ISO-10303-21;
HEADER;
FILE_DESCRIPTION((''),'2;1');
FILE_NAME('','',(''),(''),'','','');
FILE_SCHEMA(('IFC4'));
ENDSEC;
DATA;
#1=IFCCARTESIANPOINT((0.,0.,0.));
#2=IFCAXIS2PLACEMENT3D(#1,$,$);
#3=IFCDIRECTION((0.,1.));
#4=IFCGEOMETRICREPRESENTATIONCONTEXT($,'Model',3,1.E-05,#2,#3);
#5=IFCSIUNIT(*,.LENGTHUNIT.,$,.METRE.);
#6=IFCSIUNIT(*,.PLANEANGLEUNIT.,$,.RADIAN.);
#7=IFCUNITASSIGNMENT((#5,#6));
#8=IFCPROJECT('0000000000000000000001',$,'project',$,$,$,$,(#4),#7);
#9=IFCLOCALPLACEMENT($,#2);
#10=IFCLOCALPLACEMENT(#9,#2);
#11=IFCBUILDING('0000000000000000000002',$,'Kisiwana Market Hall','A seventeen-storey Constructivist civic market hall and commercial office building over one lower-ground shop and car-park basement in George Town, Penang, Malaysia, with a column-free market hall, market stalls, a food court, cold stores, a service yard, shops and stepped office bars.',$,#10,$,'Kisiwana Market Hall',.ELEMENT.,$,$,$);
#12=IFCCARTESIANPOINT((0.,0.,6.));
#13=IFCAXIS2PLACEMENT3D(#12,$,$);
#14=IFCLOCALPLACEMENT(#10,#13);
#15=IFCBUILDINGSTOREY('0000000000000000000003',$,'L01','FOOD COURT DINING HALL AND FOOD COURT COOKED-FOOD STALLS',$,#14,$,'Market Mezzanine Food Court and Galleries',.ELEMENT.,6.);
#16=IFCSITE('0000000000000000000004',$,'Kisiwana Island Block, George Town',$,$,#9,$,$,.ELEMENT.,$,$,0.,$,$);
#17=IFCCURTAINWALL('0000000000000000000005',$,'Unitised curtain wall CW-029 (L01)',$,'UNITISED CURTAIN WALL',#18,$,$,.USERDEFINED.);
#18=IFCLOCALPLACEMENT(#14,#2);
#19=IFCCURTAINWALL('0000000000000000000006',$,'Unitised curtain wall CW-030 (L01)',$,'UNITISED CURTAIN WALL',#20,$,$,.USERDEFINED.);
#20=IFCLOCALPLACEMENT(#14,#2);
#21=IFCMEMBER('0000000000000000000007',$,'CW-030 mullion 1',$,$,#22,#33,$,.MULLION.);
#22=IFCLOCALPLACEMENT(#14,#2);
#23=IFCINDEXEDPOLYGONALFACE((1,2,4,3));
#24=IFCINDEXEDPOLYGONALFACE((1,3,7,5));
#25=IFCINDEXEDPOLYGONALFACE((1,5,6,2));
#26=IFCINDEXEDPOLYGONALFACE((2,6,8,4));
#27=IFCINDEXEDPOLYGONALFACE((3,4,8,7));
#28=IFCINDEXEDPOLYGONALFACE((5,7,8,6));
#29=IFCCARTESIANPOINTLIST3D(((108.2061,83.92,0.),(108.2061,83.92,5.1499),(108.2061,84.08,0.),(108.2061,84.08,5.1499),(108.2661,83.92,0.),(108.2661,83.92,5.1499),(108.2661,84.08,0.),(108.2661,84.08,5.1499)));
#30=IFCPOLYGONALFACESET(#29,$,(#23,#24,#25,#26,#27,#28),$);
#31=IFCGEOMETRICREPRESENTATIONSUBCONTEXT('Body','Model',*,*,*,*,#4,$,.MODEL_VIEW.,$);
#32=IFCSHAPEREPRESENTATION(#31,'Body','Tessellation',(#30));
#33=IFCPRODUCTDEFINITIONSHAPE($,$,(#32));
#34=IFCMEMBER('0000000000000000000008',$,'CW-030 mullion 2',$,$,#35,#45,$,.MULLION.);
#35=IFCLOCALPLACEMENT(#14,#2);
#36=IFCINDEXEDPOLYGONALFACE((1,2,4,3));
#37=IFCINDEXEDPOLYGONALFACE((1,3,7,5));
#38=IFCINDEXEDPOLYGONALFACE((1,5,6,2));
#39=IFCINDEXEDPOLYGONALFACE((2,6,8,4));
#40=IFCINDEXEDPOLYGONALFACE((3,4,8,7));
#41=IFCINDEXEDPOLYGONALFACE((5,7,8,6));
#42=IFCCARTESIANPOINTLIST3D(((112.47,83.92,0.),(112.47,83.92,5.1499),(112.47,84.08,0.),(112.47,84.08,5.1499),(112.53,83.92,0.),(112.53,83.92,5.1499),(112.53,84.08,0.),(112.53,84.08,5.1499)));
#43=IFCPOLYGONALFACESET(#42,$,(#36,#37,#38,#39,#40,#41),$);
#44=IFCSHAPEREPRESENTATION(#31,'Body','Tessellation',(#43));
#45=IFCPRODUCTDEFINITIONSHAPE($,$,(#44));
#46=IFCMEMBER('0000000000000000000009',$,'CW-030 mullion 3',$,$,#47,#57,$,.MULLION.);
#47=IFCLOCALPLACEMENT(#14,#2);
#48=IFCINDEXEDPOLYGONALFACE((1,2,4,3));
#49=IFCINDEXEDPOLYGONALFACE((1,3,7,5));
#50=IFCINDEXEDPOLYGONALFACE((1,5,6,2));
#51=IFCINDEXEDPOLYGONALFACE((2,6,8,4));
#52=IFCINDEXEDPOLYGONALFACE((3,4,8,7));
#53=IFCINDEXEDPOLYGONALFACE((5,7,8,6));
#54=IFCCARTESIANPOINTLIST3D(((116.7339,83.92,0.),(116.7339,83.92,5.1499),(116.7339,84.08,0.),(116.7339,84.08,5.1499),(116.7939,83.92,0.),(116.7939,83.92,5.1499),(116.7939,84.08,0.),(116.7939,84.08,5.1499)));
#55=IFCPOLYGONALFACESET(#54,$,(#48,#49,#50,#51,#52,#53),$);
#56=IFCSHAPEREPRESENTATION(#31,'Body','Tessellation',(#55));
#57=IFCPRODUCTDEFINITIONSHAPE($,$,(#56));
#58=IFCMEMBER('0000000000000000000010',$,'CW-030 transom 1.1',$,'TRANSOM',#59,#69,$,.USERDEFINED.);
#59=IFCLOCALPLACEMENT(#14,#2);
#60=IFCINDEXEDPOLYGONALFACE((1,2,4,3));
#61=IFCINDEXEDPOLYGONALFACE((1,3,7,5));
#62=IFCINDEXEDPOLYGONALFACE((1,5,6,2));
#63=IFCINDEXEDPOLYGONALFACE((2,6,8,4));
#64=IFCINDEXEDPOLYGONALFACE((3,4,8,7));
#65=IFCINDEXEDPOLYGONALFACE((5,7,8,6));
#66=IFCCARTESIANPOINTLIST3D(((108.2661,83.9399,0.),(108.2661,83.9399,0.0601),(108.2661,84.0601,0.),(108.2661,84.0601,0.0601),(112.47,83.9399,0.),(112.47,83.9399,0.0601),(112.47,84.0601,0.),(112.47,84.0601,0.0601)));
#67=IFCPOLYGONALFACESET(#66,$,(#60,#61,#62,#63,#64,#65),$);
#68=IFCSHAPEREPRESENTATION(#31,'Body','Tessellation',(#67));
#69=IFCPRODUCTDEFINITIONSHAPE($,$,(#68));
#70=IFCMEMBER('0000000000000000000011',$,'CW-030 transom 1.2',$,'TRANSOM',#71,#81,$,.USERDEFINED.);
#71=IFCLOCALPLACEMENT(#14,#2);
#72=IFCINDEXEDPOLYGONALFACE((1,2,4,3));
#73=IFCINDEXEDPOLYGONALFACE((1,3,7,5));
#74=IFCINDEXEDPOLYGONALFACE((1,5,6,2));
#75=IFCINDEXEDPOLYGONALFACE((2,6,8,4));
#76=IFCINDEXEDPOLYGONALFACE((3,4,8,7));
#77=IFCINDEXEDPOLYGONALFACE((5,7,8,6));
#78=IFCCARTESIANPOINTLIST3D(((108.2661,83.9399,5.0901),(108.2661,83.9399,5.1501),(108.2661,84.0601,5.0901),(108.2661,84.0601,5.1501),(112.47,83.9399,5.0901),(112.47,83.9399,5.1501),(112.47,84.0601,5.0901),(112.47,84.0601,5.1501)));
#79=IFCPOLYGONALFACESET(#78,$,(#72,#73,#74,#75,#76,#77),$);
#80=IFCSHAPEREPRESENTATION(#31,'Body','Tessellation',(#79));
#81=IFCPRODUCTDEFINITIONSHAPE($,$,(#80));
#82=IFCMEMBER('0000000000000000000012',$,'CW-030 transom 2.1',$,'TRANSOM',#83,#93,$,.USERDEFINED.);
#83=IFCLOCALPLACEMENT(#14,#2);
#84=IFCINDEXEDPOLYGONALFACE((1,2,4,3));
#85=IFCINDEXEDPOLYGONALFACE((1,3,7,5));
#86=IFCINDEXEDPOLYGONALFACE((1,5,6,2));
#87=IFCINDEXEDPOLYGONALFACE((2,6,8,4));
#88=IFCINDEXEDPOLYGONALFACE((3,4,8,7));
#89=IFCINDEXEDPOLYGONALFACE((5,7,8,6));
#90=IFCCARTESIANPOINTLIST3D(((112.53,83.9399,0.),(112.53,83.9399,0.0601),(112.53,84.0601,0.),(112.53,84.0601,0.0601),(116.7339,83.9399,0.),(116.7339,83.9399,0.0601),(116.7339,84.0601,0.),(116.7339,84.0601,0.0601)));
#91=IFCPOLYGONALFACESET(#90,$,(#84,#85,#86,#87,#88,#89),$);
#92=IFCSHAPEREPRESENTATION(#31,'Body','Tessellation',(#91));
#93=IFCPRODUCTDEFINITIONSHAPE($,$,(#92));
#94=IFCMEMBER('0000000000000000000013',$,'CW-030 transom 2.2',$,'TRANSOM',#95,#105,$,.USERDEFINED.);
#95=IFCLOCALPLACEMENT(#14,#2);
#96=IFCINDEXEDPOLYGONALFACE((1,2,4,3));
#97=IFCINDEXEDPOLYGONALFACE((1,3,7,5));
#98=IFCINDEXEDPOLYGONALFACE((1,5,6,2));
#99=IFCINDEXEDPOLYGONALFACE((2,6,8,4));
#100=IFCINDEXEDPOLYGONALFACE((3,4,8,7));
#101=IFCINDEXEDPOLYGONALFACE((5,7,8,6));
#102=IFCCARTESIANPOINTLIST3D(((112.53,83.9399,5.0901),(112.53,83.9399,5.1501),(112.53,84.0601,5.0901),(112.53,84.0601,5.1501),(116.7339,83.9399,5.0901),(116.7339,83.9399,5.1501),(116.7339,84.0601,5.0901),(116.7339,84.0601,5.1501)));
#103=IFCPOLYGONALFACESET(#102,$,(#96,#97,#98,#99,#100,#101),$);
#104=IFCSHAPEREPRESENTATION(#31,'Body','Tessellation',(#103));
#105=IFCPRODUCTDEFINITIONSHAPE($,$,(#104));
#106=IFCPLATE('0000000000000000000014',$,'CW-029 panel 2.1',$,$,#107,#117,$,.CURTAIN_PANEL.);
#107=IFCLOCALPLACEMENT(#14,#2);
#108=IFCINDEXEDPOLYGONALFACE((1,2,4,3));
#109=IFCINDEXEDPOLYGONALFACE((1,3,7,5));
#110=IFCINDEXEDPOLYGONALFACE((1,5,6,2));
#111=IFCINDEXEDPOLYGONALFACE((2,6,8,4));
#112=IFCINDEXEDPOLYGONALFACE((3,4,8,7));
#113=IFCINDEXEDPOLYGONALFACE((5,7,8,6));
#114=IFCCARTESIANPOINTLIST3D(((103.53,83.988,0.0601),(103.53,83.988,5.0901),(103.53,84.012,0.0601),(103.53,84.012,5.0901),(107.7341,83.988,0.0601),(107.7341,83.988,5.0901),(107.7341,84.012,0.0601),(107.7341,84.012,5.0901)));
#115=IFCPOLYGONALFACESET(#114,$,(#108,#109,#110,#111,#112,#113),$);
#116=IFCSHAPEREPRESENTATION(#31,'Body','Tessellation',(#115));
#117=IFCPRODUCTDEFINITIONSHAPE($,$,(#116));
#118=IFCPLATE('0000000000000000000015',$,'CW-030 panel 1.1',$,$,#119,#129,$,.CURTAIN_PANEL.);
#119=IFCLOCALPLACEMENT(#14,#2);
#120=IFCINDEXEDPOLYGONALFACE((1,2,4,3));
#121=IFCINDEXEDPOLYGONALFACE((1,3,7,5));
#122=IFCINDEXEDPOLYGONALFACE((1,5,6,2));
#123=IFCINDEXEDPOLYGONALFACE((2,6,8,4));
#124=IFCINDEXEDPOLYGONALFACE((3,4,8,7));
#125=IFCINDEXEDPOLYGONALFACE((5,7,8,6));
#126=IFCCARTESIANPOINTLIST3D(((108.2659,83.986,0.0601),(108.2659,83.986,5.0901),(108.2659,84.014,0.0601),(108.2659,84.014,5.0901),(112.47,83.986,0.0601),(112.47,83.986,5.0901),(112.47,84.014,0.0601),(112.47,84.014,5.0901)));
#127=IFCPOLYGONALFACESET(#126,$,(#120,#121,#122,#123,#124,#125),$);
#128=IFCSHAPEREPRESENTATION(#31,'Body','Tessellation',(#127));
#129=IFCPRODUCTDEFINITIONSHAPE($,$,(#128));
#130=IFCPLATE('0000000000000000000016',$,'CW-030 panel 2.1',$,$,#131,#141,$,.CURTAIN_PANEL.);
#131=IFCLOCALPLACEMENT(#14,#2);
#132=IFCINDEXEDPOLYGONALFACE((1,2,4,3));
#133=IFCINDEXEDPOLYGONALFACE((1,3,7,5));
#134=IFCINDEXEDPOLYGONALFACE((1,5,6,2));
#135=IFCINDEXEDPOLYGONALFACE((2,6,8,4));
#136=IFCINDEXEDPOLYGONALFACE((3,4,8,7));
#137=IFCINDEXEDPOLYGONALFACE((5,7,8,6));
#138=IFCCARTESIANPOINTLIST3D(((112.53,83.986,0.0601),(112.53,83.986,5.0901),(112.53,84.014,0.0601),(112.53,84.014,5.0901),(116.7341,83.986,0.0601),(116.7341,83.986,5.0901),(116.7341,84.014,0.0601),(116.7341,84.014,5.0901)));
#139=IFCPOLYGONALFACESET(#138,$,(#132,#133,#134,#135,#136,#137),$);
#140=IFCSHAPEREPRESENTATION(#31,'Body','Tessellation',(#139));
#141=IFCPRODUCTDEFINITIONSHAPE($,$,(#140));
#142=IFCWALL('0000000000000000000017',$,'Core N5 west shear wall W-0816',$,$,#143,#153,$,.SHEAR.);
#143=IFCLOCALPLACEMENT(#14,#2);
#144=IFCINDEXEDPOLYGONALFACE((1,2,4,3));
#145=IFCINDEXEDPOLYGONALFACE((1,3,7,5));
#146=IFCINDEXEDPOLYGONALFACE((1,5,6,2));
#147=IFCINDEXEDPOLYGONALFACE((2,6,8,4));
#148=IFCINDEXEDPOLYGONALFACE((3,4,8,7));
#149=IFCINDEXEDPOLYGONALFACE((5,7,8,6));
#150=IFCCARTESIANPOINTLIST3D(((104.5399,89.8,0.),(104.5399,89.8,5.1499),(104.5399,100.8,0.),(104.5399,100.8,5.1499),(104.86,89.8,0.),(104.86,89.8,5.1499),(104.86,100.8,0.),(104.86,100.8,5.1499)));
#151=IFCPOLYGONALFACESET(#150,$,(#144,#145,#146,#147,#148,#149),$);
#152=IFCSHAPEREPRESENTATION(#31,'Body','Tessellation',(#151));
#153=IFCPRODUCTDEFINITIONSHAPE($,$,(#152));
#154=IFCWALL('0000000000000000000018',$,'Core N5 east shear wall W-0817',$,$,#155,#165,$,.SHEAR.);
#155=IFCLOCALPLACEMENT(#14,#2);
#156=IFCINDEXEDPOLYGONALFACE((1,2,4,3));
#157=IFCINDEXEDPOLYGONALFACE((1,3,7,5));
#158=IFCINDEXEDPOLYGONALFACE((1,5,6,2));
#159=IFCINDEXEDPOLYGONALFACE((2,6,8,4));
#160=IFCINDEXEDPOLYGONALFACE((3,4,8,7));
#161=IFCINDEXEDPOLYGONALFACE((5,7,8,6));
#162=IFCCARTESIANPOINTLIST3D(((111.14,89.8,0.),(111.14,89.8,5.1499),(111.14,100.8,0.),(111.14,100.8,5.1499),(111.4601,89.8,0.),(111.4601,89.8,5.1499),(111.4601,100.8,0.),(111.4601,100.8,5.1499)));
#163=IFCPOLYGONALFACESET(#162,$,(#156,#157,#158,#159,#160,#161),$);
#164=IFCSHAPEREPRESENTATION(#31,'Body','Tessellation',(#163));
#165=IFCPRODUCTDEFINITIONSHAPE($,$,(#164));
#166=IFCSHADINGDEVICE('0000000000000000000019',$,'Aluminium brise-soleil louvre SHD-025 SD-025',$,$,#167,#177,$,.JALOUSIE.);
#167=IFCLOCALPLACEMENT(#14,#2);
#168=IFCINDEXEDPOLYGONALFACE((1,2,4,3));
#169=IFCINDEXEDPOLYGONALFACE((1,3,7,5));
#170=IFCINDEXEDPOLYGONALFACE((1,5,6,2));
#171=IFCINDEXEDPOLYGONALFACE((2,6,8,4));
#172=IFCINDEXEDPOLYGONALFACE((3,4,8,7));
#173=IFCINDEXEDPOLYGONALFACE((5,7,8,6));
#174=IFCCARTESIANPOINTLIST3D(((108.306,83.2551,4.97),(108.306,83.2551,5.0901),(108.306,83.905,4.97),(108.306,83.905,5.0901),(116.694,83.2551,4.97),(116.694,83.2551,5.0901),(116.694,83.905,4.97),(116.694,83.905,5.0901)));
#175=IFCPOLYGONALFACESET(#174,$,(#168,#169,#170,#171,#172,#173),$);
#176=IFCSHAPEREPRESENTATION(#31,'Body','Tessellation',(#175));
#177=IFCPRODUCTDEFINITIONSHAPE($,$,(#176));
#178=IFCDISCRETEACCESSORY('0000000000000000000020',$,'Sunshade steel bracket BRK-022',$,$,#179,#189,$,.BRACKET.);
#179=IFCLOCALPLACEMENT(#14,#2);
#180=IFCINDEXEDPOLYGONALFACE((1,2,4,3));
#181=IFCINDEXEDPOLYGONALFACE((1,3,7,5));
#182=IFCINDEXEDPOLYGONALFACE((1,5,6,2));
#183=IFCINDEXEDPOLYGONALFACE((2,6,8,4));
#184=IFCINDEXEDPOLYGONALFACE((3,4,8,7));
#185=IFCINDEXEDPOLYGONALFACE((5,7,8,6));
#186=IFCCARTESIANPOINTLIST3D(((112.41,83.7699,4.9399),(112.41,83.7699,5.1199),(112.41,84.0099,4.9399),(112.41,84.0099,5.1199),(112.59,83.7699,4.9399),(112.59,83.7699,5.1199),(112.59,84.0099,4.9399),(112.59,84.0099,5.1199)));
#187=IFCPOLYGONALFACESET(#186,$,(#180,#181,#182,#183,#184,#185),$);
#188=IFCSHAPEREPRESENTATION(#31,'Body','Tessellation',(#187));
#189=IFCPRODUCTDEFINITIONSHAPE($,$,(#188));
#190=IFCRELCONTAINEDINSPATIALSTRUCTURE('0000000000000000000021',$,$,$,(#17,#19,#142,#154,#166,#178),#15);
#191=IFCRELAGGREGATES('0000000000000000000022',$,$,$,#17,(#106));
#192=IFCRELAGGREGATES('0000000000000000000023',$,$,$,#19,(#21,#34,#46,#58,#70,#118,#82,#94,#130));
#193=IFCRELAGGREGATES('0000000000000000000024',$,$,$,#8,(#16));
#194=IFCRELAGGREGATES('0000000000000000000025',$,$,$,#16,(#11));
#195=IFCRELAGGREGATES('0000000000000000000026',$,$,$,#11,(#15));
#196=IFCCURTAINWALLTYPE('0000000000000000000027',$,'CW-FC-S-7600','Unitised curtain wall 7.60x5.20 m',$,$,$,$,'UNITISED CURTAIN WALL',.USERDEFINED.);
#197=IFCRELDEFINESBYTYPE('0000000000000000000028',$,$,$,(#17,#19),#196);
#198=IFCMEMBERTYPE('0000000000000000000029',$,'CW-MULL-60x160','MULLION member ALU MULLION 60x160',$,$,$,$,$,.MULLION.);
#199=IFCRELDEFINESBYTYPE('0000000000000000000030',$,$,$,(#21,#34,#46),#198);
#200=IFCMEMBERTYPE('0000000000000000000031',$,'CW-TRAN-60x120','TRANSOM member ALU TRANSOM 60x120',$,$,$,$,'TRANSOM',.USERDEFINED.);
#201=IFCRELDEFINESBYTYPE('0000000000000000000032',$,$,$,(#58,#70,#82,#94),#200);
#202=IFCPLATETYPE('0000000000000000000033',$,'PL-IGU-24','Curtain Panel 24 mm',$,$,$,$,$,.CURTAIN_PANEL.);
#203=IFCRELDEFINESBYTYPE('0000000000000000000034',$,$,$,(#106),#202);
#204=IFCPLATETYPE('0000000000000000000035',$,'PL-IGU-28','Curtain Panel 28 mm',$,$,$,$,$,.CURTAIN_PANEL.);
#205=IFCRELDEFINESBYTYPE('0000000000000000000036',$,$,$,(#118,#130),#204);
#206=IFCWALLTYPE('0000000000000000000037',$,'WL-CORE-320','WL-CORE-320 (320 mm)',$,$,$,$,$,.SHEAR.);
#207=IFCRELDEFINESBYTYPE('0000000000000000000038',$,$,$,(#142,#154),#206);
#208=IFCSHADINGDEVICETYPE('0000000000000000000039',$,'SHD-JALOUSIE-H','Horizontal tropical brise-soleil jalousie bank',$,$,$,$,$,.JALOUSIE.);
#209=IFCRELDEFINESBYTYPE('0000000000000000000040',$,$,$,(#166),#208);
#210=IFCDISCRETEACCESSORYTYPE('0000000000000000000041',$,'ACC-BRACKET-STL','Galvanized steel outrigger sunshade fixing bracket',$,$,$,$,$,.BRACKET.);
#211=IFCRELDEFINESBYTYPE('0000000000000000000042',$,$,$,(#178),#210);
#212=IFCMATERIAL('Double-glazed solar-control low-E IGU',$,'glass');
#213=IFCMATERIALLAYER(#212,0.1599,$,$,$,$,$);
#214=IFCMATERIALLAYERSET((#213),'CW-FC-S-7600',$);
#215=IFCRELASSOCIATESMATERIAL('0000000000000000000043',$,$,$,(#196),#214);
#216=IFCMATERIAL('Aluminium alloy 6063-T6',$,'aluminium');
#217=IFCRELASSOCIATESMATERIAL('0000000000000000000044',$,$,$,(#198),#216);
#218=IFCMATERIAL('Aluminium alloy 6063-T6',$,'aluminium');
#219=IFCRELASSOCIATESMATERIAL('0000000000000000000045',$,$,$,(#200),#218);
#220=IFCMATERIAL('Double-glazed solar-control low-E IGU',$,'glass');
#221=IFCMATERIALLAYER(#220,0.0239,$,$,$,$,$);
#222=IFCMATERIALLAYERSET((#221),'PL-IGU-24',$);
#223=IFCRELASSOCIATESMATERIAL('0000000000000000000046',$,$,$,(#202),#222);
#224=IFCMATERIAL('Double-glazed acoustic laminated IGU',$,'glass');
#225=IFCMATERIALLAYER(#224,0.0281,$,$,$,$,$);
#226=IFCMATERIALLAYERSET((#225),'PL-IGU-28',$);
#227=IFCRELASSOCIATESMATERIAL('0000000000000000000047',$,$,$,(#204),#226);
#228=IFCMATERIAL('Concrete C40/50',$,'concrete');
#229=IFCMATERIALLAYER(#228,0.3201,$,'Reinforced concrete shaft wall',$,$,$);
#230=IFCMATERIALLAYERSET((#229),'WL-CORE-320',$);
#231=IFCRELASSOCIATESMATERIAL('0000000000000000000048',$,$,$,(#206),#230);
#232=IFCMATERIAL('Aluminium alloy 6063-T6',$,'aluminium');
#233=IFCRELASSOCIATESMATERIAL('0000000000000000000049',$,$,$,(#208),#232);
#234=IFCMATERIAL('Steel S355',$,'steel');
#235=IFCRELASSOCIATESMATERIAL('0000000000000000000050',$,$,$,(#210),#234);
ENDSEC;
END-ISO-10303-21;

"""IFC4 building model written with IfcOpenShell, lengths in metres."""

from ifc_helpers import new_model, si_unit, direction, frame, frame_2d, origin, origin_2d, place, context, subcontext, project, spatial, rectangle, extrude, material, layer, layer_set, material_profile, profile_set, type_object, element, aggregate, save


model = new_model("IFC4")

# Units and contexts
model_context = context("Model", 3, precision=1e-05, world=origin(), true_north=direction((0.0, 1.0)))
body_context = subcontext(model_context, "Body", "Model", "MODEL_VIEW")
ifc_project = project(units=[si_unit("LENGTHUNIT", "METRE"), si_unit("PLANEANGLEUNIT", "RADIAN")], contexts=[model_context])

# Site, building, storey
site_placement = place(None, origin())
site = spatial("IfcSite", under=ifc_project, at=site_placement, Name="Kisiwana Island Block, George Town", CompositionType="ELEMENT", RefElevation=0.0)
building_placement = place(site_placement, origin())
building = spatial("IfcBuilding", under=site, at=building_placement, Name="Kisiwana Market Hall", Description="A seventeen-storey Constructivist civic market hall and commercial office building over one lower-ground shop and car-park basement in George Town, Penang, Malaysia, with a column-free market hall, market stalls, a food court, cold stores, a service yard, shops and stepped office bars.", LongName="Kisiwana Market Hall", CompositionType="ELEMENT")
storey_placement = place(building_placement, frame((0.0, 0.0, 6.0)))
storey = spatial("IfcBuildingStorey", under=building, at=storey_placement, Name="L01", Description="FOOD COURT DINING HALL AND FOOD COURT COOKED-FOOD STALLS", LongName="Market Mezzanine Food Court and Galleries", CompositionType="ELEMENT", Elevation=6.0)

# Curtain wall
ifc_material_1 = material(Name="Double-glazed solar-control low-E IGU", Category="glass")
ifc_layer_1 = layer(ifc_material_1, 0.1599)
ifc_layer_set_1 = layer_set([ifc_layer_1], Name="CW-FC-S-7600")
curtain_wall_type = type_object("IfcCurtainWallType", Name="CW-FC-S-7600", Description="Unitised curtain wall 7.60x5.20 m", ElementType="UNITISED CURTAIN WALL", PredefinedType="USERDEFINED", material=ifc_layer_set_1)
curtain_wall_1_placement = place(storey_placement, origin())
curtain_wall_1 = element("IfcCurtainWall", 1, at=curtain_wall_1_placement, inside=storey, type_object=curtain_wall_type, Name="Unitised curtain wall CW-029 (L01)", ObjectType="UNITISED CURTAIN WALL", PredefinedType="USERDEFINED")
ifc_material_2 = material(Name="Aluminium alloy 6063-T6", Category="aluminium")
ifc_material_profile_1 = material_profile(ifc_material_2, rectangle(XDim=0.0601, YDim=0.1599, at=origin_2d()), Name="ALU MULLION 60x160")
ifc_profile_set_1 = profile_set([ifc_material_profile_1], Name="Aluminium alloy 6063-T6")
member_type_1 = type_object("IfcMemberType", Name="CW-MULL-60x160", Description="MULLION member ALU MULLION 60x160", PredefinedType="MULLION", material=ifc_profile_set_1)

# Curtain wall, members
curtain_wall_2_placement = place(storey_placement, origin())
curtain_wall_2 = element("IfcCurtainWall", 2, at=curtain_wall_2_placement, inside=storey, type_object=curtain_wall_type, Name="Unitised curtain wall CW-030 (L01)", ObjectType="UNITISED CURTAIN WALL", PredefinedType="USERDEFINED")
member_1_placement = place(storey_placement, frame((108.2361, 84.0, 0.0), z_axis=(0.0, 0.0, 1.0), x_axis=(1.0, 0.0, 0.0)))
member_1 = element("IfcMember", 3, at=member_1_placement, type_object=member_type_1, Name="CW-030 mullion 1", PredefinedType="MULLION", context=body_context, shape_type="SweptSolid", body=[
    extrude(rectangle(XDim=0.0601, YDim=0.1599, at=origin_2d()), origin(), (0.0, 0.0, 1.0), 5.1499),
])
member_2_placement = place(storey_placement, frame((112.5, 84.0, 0.0), z_axis=(0.0, 0.0, 1.0), x_axis=(1.0, 0.0, 0.0)))
member_2 = element("IfcMember", 4, at=member_2_placement, type_object=member_type_1, Name="CW-030 mullion 2", PredefinedType="MULLION", context=body_context, shape_type="SweptSolid", body=[
    extrude(rectangle(XDim=0.0601, YDim=0.1599, at=origin_2d()), origin(), (0.0, 0.0, 1.0), 5.1499),
])
member_3_placement = place(storey_placement, frame((116.7639, 84.0, 0.0), z_axis=(0.0, 0.0, 1.0), x_axis=(1.0, 0.0, 0.0)))
member_3 = element("IfcMember", 5, at=member_3_placement, type_object=member_type_1, Name="CW-030 mullion 3", PredefinedType="MULLION", context=body_context, shape_type="SweptSolid", body=[
    extrude(rectangle(XDim=0.0601, YDim=0.1599, at=origin_2d()), origin(), (0.0, 0.0, 1.0), 5.1499),
])
ifc_material_3 = material(Name="Aluminium alloy 6063-T6", Category="aluminium")
ifc_material_profile_2 = material_profile(ifc_material_3, rectangle(XDim=0.1201, YDim=0.0601, at=origin_2d()), Name="ALU TRANSOM 60x120")
ifc_profile_set_2 = profile_set([ifc_material_profile_2], Name="Aluminium alloy 6063-T6")
member_type_2 = type_object("IfcMemberType", Name="CW-TRAN-60x120", Description="TRANSOM member ALU TRANSOM 60x120", ElementType="TRANSOM", PredefinedType="USERDEFINED", material=ifc_profile_set_2)
member_4_placement = place(storey_placement, frame((108.2661, 84.0, 0.03), z_axis=(1.0, 0.0, 0.0), x_axis=(0.0, 1.0, 0.0)))
member_4 = element("IfcMember", 6, at=member_4_placement, type_object=member_type_2, Name="CW-030 transom 1.1", ObjectType="TRANSOM", PredefinedType="USERDEFINED", context=body_context, shape_type="SweptSolid", body=[
    extrude(rectangle(XDim=0.1201, YDim=0.0601, at=origin_2d()), origin(), (0.0, 0.0, 1.0), 4.2039),
])
member_5_placement = place(storey_placement, frame((108.2661, 84.0, 5.1201), z_axis=(1.0, 0.0, 0.0), x_axis=(0.0, 1.0, 0.0)))
member_5 = element("IfcMember", 7, at=member_5_placement, type_object=member_type_2, Name="CW-030 transom 1.2", ObjectType="TRANSOM", PredefinedType="USERDEFINED", context=body_context, shape_type="SweptSolid", body=[
    extrude(rectangle(XDim=0.1201, YDim=0.0601, at=origin_2d()), origin(), (0.0, 0.0, 1.0), 4.2039),
])
member_6_placement = place(storey_placement, frame((112.53, 84.0, 0.03), z_axis=(1.0, 0.0, 0.0), x_axis=(0.0, 1.0, 0.0)))
member_6 = element("IfcMember", 8, at=member_6_placement, type_object=member_type_2, Name="CW-030 transom 2.1", ObjectType="TRANSOM", PredefinedType="USERDEFINED", context=body_context, shape_type="SweptSolid", body=[
    extrude(rectangle(XDim=0.1201, YDim=0.0601, at=origin_2d()), origin(), (0.0, 0.0, 1.0), 4.2039),
])
member_7_placement = place(storey_placement, frame((112.53, 84.0, 5.1201), z_axis=(1.0, 0.0, 0.0), x_axis=(0.0, 1.0, 0.0)))
member_7 = element("IfcMember", 9, at=member_7_placement, type_object=member_type_2, Name="CW-030 transom 2.2", ObjectType="TRANSOM", PredefinedType="USERDEFINED", context=body_context, shape_type="SweptSolid", body=[
    extrude(rectangle(XDim=0.1201, YDim=0.0601, at=origin_2d()), origin(), (0.0, 0.0, 1.0), 4.2039),
])

# Plates
ifc_material_4 = material(Name="Double-glazed solar-control low-E IGU", Category="glass")
ifc_layer_2 = layer(ifc_material_4, 0.0239)
ifc_layer_set_2 = layer_set([ifc_layer_2], Name="PL-IGU-24")
plate_type_1 = type_object("IfcPlateType", Name="PL-IGU-24", Description="Curtain Panel 24 mm", PredefinedType="CURTAIN_PANEL", material=ifc_layer_set_2)
plate_1_placement = place(storey_placement, frame((105.6321, 84.0, 0.0601), z_axis=(0.0, 0.0, 1.0), x_axis=(1.0, 0.0, 0.0)))
plate_1 = element("IfcPlate", 10, at=plate_1_placement, type_object=plate_type_1, Name="CW-029 panel 2.1", PredefinedType="CURTAIN_PANEL", context=body_context, shape_type="SweptSolid", body=[
    extrude(rectangle(XDim=4.2041, YDim=0.0239, at=origin_2d()), origin(), (0.0, 0.0, 1.0), 5.03),
])
aggregate(curtain_wall_1, [plate_1])
ifc_material_5 = material(Name="Double-glazed acoustic laminated IGU", Category="glass")
ifc_layer_3 = layer(ifc_material_5, 0.0281)
ifc_layer_set_3 = layer_set([ifc_layer_3], Name="PL-IGU-28")
plate_type_2 = type_object("IfcPlateType", Name="PL-IGU-28", Description="Curtain Panel 28 mm", PredefinedType="CURTAIN_PANEL", material=ifc_layer_set_3)
plate_2_placement = place(storey_placement, frame((110.3679, 84.0, 0.0601), z_axis=(0.0, 0.0, 1.0), x_axis=(1.0, 0.0, 0.0)))
plate_2 = element("IfcPlate", 11, at=plate_2_placement, type_object=plate_type_2, Name="CW-030 panel 1.1", PredefinedType="CURTAIN_PANEL", context=body_context, shape_type="SweptSolid", body=[
    extrude(rectangle(XDim=4.2041, YDim=0.0281, at=origin_2d()), origin(), (0.0, 0.0, 1.0), 5.03),
])
plate_3_placement = place(storey_placement, frame((114.6321, 84.0, 0.0601), z_axis=(0.0, 0.0, 1.0), x_axis=(1.0, 0.0, 0.0)))
plate_3 = element("IfcPlate", 12, at=plate_3_placement, type_object=plate_type_2, Name="CW-030 panel 2.1", PredefinedType="CURTAIN_PANEL", context=body_context, shape_type="SweptSolid", body=[
    extrude(rectangle(XDim=4.2041, YDim=0.0281, at=origin_2d()), origin(), (0.0, 0.0, 1.0), 5.03),
])
aggregate(curtain_wall_2, [member_1, member_2, member_3, member_4, member_5, plate_2, member_6, member_7, plate_3])

# Walls
ifc_material_6 = material(Name="Concrete C40/50", Category="concrete")
ifc_layer_4 = layer(ifc_material_6, 0.3201, Name="Reinforced concrete shaft wall")
ifc_layer_set_4 = layer_set([ifc_layer_4], Name="WL-CORE-320")
wall_type = type_object("IfcWallType", Name="WL-CORE-320", Description="WL-CORE-320 (320 mm)", PredefinedType="SHEAR", material=ifc_layer_set_4)
for number, where, z_axis, x_axis, name in (
    (13, (104.7, 89.8, 0.0), (0.0, 0.0, 1.0), (0.0, 1.0, 0.0), "Core N5 west shear wall W-0816"),
    (14, (111.3, 89.8, 0.0), (0.0, 0.0, 1.0), (0.0, 1.0, 0.0), "Core N5 east shear wall W-0817"),
):
    element("IfcWall", number, at=place(storey_placement, frame(where, z_axis=z_axis, x_axis=x_axis)), inside=storey, type_object=wall_type, Name=name, PredefinedType="SHEAR", context=body_context, shape_type="SweptSolid", body=[
        extrude(rectangle(XDim=11.0, YDim=0.3201, at=frame_2d((5.5, 0.0))), origin(), (0.0, 0.0, 1.0), 5.1499),
    ])

# Shading device
ifc_material_7 = material(Name="Aluminium alloy 6063-T6", Category="aluminium")
shading_device_type = type_object("IfcShadingDeviceType", Name="SHD-JALOUSIE-H", Description="Horizontal tropical brise-soleil jalousie bank", PredefinedType="JALOUSIE", material=ifc_material_7)
shading_device_placement = place(storey_placement, frame((112.5, 83.5801, 4.97), z_axis=(0.0, 0.0, 1.0), x_axis=(1.0, 0.0, 0.0)))
element("IfcShadingDevice", 15, at=shading_device_placement, inside=storey, type_object=shading_device_type, Name="Aluminium brise-soleil louvre SHD-025 SD-025", PredefinedType="JALOUSIE", context=body_context, shape_type="SweptSolid", body=[
    extrude(rectangle(XDim=8.3879, YDim=0.6499, at=origin_2d()), origin(), (0.0, 0.0, 1.0), 0.1201),
])

# Discrete accessory
ifc_material_8 = material(Name="Steel S355", Category="steel")
discrete_accessory_type = type_object("IfcDiscreteAccessoryType", Name="ACC-BRACKET-STL", Description="Galvanized steel outrigger sunshade fixing bracket", PredefinedType="BRACKET", material=ifc_material_8)
discrete_accessory_placement = place(storey_placement, frame((112.5, 83.8899, 4.9399), z_axis=(0.0, 0.0, 1.0), x_axis=(1.0, 0.0, 0.0)))
element("IfcDiscreteAccessory", 16, at=discrete_accessory_placement, inside=storey, type_object=discrete_accessory_type, Name="Sunshade steel bracket BRK-022", PredefinedType="BRACKET", context=body_context, shape_type="SweptSolid", body=[
    extrude(rectangle(XDim=0.1799, YDim=0.24, at=origin_2d()), origin(), (0.0, 0.0, 1.0), 0.1799),
])

save(model, "model.ifc")
